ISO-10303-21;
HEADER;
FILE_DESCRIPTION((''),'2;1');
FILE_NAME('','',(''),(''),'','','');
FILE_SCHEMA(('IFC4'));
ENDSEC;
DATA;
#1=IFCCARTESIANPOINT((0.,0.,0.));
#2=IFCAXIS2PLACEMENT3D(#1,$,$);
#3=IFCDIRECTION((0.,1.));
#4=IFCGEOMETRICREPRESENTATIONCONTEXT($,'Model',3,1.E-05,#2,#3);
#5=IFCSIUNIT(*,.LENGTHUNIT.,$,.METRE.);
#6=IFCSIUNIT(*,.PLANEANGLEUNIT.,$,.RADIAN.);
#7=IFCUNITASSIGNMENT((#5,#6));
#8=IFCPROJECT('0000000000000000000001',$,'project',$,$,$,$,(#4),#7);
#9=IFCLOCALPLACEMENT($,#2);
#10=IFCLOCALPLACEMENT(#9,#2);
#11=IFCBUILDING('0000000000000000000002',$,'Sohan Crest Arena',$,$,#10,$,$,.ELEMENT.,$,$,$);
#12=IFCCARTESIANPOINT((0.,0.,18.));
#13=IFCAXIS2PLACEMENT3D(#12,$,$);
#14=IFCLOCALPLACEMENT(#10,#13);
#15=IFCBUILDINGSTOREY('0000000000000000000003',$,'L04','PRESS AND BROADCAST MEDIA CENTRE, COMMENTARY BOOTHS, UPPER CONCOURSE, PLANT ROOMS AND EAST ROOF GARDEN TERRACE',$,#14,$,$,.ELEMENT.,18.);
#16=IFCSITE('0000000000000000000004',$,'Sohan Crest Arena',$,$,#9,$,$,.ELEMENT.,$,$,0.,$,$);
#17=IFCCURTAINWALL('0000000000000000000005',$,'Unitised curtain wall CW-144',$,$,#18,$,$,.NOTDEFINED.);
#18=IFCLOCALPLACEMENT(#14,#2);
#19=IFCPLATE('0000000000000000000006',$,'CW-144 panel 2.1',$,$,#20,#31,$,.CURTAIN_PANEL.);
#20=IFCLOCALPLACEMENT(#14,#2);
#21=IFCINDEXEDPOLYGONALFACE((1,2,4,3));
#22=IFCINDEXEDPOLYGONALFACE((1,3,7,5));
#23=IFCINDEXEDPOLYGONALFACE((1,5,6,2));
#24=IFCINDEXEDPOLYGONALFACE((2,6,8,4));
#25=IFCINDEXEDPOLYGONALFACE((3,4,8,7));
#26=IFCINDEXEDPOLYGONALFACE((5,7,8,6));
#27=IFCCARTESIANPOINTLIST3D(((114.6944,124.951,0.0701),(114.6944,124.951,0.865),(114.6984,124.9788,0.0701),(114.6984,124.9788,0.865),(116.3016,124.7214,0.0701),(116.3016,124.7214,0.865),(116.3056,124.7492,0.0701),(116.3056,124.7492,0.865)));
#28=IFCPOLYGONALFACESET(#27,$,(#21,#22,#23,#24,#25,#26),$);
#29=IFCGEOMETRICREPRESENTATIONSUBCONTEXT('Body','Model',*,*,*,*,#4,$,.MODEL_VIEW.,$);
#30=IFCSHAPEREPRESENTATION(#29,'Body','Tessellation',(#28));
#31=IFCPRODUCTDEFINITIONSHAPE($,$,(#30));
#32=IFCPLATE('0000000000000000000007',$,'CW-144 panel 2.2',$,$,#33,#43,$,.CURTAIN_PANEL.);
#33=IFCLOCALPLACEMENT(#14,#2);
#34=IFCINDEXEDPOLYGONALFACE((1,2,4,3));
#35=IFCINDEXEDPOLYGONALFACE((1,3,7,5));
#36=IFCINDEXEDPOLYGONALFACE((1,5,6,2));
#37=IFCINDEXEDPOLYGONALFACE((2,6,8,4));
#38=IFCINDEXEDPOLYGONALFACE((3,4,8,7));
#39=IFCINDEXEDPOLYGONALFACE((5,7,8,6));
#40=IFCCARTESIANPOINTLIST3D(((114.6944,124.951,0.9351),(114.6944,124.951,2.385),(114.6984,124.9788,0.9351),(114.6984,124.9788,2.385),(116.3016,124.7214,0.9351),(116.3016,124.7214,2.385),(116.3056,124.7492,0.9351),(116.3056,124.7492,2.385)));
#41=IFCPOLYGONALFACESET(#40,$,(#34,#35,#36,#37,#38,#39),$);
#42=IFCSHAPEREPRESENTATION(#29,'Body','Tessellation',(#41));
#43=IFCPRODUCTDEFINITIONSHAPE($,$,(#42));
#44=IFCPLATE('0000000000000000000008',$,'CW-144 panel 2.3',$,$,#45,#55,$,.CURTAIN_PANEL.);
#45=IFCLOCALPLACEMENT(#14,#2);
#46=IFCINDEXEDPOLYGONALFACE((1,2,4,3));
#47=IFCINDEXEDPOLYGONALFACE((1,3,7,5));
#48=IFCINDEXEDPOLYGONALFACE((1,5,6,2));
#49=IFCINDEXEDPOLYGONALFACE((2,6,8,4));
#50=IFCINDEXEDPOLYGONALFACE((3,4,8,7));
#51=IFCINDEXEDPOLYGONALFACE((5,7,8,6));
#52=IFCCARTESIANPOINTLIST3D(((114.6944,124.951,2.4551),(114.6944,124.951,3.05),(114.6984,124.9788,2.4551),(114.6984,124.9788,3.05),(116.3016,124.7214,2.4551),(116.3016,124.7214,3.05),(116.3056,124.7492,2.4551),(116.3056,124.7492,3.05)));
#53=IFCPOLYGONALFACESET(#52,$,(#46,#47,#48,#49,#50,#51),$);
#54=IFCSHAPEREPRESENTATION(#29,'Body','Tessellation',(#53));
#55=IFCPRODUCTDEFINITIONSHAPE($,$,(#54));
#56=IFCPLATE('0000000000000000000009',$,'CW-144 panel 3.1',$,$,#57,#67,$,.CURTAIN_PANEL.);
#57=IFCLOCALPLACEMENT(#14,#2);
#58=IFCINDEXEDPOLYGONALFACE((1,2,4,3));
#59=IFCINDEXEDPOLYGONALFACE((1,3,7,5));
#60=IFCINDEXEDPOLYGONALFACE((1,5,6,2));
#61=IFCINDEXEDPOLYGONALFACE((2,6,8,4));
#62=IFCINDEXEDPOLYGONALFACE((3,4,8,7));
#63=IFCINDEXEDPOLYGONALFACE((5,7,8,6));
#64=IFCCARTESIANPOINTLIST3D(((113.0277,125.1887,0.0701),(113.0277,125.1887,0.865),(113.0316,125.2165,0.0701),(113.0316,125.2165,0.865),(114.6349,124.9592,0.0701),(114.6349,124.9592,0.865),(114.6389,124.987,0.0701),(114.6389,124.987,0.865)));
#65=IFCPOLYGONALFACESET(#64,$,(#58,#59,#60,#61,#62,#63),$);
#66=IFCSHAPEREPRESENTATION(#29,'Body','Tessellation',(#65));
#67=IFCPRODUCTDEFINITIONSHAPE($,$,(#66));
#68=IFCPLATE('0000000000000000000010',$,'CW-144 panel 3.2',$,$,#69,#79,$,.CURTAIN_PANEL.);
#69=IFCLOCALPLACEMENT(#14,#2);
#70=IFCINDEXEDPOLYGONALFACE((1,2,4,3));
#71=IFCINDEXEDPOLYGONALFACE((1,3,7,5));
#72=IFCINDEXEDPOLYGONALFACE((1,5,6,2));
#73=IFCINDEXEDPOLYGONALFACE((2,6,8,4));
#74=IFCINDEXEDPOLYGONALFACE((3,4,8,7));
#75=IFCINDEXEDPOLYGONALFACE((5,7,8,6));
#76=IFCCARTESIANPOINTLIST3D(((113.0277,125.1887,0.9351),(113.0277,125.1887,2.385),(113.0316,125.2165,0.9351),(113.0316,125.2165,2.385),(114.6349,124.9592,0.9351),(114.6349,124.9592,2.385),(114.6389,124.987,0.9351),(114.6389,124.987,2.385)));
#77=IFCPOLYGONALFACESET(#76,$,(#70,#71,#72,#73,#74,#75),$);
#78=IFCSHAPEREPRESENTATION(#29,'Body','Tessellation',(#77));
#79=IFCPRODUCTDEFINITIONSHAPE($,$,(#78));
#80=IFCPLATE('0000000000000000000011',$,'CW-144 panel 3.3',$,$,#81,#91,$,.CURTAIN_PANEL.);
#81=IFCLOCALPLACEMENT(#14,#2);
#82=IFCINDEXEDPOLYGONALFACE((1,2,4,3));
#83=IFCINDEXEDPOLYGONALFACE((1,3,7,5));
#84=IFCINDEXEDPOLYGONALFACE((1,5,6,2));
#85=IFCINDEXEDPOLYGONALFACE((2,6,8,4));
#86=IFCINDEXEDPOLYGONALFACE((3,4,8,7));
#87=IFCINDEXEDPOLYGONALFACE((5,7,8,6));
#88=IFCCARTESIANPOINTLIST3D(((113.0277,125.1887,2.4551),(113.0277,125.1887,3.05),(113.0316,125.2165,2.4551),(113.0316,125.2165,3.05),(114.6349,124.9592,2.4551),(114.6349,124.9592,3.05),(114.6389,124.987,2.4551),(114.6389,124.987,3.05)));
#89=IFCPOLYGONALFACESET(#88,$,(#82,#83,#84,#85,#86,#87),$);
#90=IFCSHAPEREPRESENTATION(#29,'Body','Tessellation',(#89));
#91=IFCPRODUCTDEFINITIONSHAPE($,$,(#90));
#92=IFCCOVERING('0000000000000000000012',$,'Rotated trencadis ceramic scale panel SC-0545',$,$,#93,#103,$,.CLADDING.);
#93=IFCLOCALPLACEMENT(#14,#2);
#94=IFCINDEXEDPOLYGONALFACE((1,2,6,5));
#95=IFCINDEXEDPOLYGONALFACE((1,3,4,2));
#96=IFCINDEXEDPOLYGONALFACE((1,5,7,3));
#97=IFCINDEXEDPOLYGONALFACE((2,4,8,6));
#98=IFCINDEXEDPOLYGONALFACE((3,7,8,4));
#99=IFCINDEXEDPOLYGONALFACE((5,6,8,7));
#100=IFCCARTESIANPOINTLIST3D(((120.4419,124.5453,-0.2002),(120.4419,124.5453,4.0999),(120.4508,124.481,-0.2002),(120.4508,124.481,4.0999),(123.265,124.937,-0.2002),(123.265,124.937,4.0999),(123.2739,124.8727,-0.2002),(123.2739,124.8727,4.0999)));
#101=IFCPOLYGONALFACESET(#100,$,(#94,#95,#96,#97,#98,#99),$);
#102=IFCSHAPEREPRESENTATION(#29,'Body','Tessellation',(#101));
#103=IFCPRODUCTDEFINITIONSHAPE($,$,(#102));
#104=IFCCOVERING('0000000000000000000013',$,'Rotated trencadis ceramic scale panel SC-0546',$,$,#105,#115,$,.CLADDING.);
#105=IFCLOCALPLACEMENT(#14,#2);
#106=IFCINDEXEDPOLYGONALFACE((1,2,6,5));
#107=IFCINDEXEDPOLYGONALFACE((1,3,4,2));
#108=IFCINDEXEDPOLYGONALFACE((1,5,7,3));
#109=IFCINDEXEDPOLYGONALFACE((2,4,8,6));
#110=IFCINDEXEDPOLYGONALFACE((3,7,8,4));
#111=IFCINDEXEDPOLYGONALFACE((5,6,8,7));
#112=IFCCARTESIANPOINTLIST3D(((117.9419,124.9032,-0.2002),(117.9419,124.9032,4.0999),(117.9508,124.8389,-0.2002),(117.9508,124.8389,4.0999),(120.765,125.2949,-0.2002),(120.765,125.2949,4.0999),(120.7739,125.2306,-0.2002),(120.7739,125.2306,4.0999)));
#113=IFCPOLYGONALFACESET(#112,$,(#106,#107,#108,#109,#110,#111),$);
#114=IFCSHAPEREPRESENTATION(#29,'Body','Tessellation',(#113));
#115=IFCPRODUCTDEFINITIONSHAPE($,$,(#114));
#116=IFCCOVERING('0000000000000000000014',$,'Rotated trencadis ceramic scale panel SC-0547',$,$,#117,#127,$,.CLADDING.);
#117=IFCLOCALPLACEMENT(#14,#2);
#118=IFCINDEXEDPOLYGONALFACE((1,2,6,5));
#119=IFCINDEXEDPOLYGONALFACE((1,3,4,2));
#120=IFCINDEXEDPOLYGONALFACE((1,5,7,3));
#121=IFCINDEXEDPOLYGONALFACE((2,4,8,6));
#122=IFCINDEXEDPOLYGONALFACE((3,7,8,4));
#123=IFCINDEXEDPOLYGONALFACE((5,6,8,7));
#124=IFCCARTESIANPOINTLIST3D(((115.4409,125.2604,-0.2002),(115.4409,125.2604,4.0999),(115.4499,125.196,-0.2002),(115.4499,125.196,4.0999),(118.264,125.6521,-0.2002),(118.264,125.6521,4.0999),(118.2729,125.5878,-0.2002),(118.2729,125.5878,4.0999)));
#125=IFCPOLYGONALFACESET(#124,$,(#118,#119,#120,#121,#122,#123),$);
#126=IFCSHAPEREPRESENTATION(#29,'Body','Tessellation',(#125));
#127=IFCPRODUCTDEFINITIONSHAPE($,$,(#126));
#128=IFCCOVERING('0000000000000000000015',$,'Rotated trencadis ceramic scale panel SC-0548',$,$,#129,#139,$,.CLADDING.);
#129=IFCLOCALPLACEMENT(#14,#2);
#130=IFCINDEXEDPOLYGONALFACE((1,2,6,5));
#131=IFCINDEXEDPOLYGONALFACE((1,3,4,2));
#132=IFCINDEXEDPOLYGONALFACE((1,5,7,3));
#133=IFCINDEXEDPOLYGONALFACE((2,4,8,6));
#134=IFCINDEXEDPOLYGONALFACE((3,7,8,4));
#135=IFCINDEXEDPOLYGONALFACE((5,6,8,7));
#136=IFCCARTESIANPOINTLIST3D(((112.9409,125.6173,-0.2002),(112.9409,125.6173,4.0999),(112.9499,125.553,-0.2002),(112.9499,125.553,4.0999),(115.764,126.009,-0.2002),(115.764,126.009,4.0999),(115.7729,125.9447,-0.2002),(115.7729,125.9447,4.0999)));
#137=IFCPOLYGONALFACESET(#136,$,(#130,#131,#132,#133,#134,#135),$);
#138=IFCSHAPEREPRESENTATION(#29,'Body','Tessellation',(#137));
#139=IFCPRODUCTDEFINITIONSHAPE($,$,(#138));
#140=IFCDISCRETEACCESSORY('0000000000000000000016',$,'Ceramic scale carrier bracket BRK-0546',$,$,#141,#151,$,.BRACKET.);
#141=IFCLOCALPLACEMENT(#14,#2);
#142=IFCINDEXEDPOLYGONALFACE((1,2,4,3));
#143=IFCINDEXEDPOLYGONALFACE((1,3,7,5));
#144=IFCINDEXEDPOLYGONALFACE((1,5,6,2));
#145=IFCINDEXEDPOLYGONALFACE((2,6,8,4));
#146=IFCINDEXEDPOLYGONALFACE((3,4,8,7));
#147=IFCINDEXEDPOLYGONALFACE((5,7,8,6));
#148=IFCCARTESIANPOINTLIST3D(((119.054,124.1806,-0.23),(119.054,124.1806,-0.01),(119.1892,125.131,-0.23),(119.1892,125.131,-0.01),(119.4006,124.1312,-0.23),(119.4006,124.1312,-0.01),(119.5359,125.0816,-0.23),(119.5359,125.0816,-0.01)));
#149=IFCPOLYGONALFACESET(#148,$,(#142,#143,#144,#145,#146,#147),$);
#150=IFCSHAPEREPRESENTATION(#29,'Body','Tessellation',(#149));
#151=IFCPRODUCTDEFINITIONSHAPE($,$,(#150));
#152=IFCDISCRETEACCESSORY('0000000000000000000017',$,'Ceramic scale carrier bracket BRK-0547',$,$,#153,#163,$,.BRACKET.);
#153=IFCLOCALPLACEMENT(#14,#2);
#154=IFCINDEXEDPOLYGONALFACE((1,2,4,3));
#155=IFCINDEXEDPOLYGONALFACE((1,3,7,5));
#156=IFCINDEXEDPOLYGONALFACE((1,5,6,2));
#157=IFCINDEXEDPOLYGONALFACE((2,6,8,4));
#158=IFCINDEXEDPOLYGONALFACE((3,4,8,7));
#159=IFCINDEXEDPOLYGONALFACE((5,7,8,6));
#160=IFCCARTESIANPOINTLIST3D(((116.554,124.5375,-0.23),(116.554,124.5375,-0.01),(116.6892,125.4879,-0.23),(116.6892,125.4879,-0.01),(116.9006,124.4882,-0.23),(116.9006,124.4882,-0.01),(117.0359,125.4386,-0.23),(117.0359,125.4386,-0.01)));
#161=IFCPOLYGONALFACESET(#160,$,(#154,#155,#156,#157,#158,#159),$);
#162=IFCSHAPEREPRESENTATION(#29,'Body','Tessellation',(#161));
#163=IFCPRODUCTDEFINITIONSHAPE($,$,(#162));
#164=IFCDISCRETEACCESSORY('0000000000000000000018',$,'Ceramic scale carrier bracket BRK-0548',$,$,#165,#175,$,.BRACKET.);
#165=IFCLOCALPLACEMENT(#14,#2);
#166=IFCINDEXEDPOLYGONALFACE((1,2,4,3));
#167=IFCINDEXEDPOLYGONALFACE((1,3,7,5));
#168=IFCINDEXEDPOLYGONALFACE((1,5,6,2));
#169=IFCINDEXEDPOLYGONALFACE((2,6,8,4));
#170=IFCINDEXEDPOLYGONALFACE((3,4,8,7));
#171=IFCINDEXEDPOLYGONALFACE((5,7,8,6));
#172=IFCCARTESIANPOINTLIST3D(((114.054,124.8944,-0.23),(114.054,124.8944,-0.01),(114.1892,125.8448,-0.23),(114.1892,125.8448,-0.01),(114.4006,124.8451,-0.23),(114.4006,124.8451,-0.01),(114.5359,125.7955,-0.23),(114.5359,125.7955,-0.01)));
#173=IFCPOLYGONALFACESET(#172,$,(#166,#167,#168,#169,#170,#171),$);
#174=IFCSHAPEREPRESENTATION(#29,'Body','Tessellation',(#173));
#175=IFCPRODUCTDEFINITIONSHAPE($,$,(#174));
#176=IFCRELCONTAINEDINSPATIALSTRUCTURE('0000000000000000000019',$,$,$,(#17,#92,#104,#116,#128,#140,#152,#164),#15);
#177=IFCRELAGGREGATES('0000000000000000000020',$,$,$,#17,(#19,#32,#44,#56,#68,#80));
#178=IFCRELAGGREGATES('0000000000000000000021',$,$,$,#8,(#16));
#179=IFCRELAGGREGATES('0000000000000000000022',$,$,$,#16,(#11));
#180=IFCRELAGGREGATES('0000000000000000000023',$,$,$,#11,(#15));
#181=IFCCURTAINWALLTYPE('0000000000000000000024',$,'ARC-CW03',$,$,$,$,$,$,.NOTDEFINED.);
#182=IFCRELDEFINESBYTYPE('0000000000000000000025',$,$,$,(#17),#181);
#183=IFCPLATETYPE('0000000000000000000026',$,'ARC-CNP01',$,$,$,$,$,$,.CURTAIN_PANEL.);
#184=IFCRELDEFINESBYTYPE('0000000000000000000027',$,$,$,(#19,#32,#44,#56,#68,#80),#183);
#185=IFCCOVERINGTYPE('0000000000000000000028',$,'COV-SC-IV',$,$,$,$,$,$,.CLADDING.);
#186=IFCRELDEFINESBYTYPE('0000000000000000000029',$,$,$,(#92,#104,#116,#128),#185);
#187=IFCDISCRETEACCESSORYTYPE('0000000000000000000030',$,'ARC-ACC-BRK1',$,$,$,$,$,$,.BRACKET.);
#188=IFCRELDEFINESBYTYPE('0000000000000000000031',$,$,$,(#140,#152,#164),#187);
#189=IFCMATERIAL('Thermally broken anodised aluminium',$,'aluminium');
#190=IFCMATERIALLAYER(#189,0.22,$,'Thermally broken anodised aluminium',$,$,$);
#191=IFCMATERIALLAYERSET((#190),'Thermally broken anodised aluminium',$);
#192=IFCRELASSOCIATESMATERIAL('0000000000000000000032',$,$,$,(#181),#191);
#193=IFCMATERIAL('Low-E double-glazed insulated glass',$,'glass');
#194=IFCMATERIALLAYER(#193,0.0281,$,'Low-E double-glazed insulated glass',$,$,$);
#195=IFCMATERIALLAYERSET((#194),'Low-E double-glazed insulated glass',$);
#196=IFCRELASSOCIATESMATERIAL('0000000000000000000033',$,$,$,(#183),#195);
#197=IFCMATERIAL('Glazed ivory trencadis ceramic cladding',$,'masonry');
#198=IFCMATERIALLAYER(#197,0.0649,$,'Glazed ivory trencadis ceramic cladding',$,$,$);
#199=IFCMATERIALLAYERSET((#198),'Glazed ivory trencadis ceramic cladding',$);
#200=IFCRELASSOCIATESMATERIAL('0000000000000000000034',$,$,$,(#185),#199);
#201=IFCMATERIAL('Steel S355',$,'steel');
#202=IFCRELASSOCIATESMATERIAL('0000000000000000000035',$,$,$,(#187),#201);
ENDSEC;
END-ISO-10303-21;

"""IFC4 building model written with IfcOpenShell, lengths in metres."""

from ifc_helpers import new_model, si_unit, direction, frame, origin, origin_2d, place, context, subcontext, project, spatial, rectangle, extrude, material, layer, layer_set, type_object, element, aggregate, save


model = new_model("IFC4")

# Units and contexts
model_context = context("Model", 3, precision=1e-05, world=origin(), true_north=direction((0.0, 1.0)))
body_context = subcontext(model_context, "Body", "Model", "MODEL_VIEW")
ifc_project = project(units=[si_unit("LENGTHUNIT", "METRE"), si_unit("PLANEANGLEUNIT", "RADIAN")], contexts=[model_context])

# Site, building, storey
site_placement = place(None, origin())
site = spatial("IfcSite", under=ifc_project, at=site_placement, Name="Sohan Crest Arena", CompositionType="ELEMENT", RefElevation=0.0)
building_placement = place(site_placement, origin())
building = spatial("IfcBuilding", under=site, at=building_placement, Name="Sohan Crest Arena", CompositionType="ELEMENT")
storey_placement = place(building_placement, frame((0.0, 0.0, 18.0)))
storey = spatial("IfcBuildingStorey", under=building, at=storey_placement, Name="L04", Description="PRESS AND BROADCAST MEDIA CENTRE, COMMENTARY BOOTHS, UPPER CONCOURSE, PLANT ROOMS AND EAST ROOF GARDEN TERRACE", CompositionType="ELEMENT", Elevation=18.0)

# Curtain wall, plates
ifc_material_1 = material(Name="Thermally broken anodised aluminium", Category="aluminium")
ifc_layer_1 = layer(ifc_material_1, 0.22, Name="Thermally broken anodised aluminium")
ifc_layer_set_1 = layer_set([ifc_layer_1], Name="Thermally broken anodised aluminium")
curtain_wall_type = type_object("IfcCurtainWallType", Name="ARC-CW03", PredefinedType="NOTDEFINED", material=ifc_layer_set_1)
curtain_wall_placement = place(storey_placement, origin())
curtain_wall = element("IfcCurtainWall", 1, at=curtain_wall_placement, inside=storey, type_object=curtain_wall_type, Name="Unitised curtain wall CW-144", PredefinedType="NOTDEFINED")
ifc_material_2 = material(Name="Low-E double-glazed insulated glass", Category="glass")
ifc_layer_2 = layer(ifc_material_2, 0.0281, Name="Low-E double-glazed insulated glass")
ifc_layer_set_2 = layer_set([ifc_layer_2], Name="Low-E double-glazed insulated glass")
plate_type = type_object("IfcPlateType", Name="ARC-CNP01", PredefinedType="CURTAIN_PANEL", material=ifc_layer_set_2)
plate_1_placement = place(storey_placement, frame((115.5, 124.8501, 0.0701), z_axis=(0.0, 0.0, 1.0), x_axis=(-0.989957, 0.141366, 0.0)))
plate_1 = element("IfcPlate", 2, at=plate_1_placement, type_object=plate_type, Name="CW-144 panel 2.1", PredefinedType="CURTAIN_PANEL", context=body_context, shape_type="SweptSolid", body=[
    extrude(rectangle(XDim=1.6235, YDim=0.0281, at=origin_2d()), origin(), (0.0, 0.0, 1.0), 0.7949),
])
plate_2_placement = place(storey_placement, frame((115.5, 124.8501, 0.9351), z_axis=(0.0, 0.0, 1.0), x_axis=(-0.989957, 0.141366, 0.0)))
plate_2 = element("IfcPlate", 3, at=plate_2_placement, type_object=plate_type, Name="CW-144 panel 2.2", PredefinedType="CURTAIN_PANEL", context=body_context, shape_type="SweptSolid", body=[
    extrude(rectangle(XDim=1.6235, YDim=0.0281, at=origin_2d()), origin(), (0.0, 0.0, 1.0), 1.45),
])
plate_3_placement = place(storey_placement, frame((115.5, 124.8501, 2.4551), z_axis=(0.0, 0.0, 1.0), x_axis=(-0.989957, 0.141366, 0.0)))
plate_3 = element("IfcPlate", 4, at=plate_3_placement, type_object=plate_type, Name="CW-144 panel 2.3", PredefinedType="CURTAIN_PANEL", context=body_context, shape_type="SweptSolid", body=[
    extrude(rectangle(XDim=1.6235, YDim=0.0281, at=origin_2d()), origin(), (0.0, 0.0, 1.0), 0.595),
])
plate_4_placement = place(storey_placement, frame((113.8333, 125.0879, 0.0701), z_axis=(0.0, 0.0, 1.0), x_axis=(-0.989957, 0.141366, 0.0)))
plate_4 = element("IfcPlate", 5, at=plate_4_placement, type_object=plate_type, Name="CW-144 panel 3.1", PredefinedType="CURTAIN_PANEL", context=body_context, shape_type="SweptSolid", body=[
    extrude(rectangle(XDim=1.6235, YDim=0.0281, at=origin_2d()), origin(), (0.0, 0.0, 1.0), 0.7949),
])
plate_5_placement = place(storey_placement, frame((113.8333, 125.0879, 0.9351), z_axis=(0.0, 0.0, 1.0), x_axis=(-0.989957, 0.141366, 0.0)))
plate_5 = element("IfcPlate", 6, at=plate_5_placement, type_object=plate_type, Name="CW-144 panel 3.2", PredefinedType="CURTAIN_PANEL", context=body_context, shape_type="SweptSolid", body=[
    extrude(rectangle(XDim=1.6235, YDim=0.0281, at=origin_2d()), origin(), (0.0, 0.0, 1.0), 1.45),
])
plate_6_placement = place(storey_placement, frame((113.8333, 125.0879, 2.4551), z_axis=(0.0, 0.0, 1.0), x_axis=(-0.989957, 0.141366, 0.0)))
plate_6 = element("IfcPlate", 7, at=plate_6_placement, type_object=plate_type, Name="CW-144 panel 3.3", PredefinedType="CURTAIN_PANEL", context=body_context, shape_type="SweptSolid", body=[
    extrude(rectangle(XDim=1.6235, YDim=0.0281, at=origin_2d()), origin(), (0.0, 0.0, 1.0), 0.595),
])
aggregate(curtain_wall, [plate_1, plate_2, plate_3, plate_4, plate_5, plate_6])

# Coverings
ifc_material_3 = material(Name="Glazed ivory trencadis ceramic cladding", Category="masonry")
ifc_layer_3 = layer(ifc_material_3, 0.0649, Name="Glazed ivory trencadis ceramic cladding")
ifc_layer_set_3 = layer_set([ifc_layer_3], Name="Glazed ivory trencadis ceramic cladding")
covering_type = type_object("IfcCoveringType", Name="COV-SC-IV", PredefinedType="CLADDING", material=ifc_layer_set_3)
for number, where, z_axis, x_axis, name in (
    (8, (121.8579, 124.709, -0.2002), (0.0, 0.0, 1.0), (-0.990509, -0.137445, 0.0), "Rotated trencadis ceramic scale panel SC-0545"),
    (9, (119.3579, 125.0669, -0.2002), (0.0, 0.0, 1.0), (-0.990509, -0.137445, 0.0), "Rotated trencadis ceramic scale panel SC-0546"),
    (10, (116.8569, 125.4241, -0.2002), (0.0, 0.0, 1.0), (-0.990509, -0.137445, 0.0), "Rotated trencadis ceramic scale panel SC-0547"),
    (11, (114.3569, 125.781, -0.2002), (0.0, 0.0, 1.0), (-0.990509, -0.137445, 0.0), "Rotated trencadis ceramic scale panel SC-0548"),
):
    element("IfcCovering", number, at=place(storey_placement, frame(where, z_axis=z_axis, x_axis=x_axis)), inside=storey, type_object=covering_type, Name=name, PredefinedType="CLADDING", context=body_context, shape_type="SweptSolid", body=[
        extrude(rectangle(XDim=2.8501, YDim=0.0649, at=origin_2d()), origin(), (0.0, 0.0, 1.0), 4.3),
    ])

# Discrete accessories
ifc_material_4 = material(Name="Steel S355", Category="steel")
discrete_accessory_type = type_object("IfcDiscreteAccessoryType", Name="ARC-ACC-BRK1", PredefinedType="BRACKET", material=ifc_material_4)
for number, where, z_axis, x_axis, name in (
    (12, (119.2949, 124.6311, -0.23), (0.0, 0.0, 1.0), (-0.990024, 0.140901, 0.0), "Ceramic scale carrier bracket BRK-0546"),
    (13, (116.7949, 124.988, -0.23), (0.0, 0.0, 1.0), (-0.990024, 0.140901, 0.0), "Ceramic scale carrier bracket BRK-0547"),
    (14, (114.2949, 125.345, -0.23), (0.0, 0.0, 1.0), (-0.990024, 0.140901, 0.0), "Ceramic scale carrier bracket BRK-0548"),
):
    element("IfcDiscreteAccessory", number, at=place(storey_placement, frame(where, z_axis=z_axis, x_axis=x_axis)), inside=storey, type_object=discrete_accessory_type, Name=name, PredefinedType="BRACKET", context=body_context, shape_type="SweptSolid", body=[
        extrude(rectangle(XDim=0.3501, YDim=0.96, at=origin_2d()), origin(), (0.0, 0.0, 1.0), 0.22),
    ])

save(model, "model.ifc")
